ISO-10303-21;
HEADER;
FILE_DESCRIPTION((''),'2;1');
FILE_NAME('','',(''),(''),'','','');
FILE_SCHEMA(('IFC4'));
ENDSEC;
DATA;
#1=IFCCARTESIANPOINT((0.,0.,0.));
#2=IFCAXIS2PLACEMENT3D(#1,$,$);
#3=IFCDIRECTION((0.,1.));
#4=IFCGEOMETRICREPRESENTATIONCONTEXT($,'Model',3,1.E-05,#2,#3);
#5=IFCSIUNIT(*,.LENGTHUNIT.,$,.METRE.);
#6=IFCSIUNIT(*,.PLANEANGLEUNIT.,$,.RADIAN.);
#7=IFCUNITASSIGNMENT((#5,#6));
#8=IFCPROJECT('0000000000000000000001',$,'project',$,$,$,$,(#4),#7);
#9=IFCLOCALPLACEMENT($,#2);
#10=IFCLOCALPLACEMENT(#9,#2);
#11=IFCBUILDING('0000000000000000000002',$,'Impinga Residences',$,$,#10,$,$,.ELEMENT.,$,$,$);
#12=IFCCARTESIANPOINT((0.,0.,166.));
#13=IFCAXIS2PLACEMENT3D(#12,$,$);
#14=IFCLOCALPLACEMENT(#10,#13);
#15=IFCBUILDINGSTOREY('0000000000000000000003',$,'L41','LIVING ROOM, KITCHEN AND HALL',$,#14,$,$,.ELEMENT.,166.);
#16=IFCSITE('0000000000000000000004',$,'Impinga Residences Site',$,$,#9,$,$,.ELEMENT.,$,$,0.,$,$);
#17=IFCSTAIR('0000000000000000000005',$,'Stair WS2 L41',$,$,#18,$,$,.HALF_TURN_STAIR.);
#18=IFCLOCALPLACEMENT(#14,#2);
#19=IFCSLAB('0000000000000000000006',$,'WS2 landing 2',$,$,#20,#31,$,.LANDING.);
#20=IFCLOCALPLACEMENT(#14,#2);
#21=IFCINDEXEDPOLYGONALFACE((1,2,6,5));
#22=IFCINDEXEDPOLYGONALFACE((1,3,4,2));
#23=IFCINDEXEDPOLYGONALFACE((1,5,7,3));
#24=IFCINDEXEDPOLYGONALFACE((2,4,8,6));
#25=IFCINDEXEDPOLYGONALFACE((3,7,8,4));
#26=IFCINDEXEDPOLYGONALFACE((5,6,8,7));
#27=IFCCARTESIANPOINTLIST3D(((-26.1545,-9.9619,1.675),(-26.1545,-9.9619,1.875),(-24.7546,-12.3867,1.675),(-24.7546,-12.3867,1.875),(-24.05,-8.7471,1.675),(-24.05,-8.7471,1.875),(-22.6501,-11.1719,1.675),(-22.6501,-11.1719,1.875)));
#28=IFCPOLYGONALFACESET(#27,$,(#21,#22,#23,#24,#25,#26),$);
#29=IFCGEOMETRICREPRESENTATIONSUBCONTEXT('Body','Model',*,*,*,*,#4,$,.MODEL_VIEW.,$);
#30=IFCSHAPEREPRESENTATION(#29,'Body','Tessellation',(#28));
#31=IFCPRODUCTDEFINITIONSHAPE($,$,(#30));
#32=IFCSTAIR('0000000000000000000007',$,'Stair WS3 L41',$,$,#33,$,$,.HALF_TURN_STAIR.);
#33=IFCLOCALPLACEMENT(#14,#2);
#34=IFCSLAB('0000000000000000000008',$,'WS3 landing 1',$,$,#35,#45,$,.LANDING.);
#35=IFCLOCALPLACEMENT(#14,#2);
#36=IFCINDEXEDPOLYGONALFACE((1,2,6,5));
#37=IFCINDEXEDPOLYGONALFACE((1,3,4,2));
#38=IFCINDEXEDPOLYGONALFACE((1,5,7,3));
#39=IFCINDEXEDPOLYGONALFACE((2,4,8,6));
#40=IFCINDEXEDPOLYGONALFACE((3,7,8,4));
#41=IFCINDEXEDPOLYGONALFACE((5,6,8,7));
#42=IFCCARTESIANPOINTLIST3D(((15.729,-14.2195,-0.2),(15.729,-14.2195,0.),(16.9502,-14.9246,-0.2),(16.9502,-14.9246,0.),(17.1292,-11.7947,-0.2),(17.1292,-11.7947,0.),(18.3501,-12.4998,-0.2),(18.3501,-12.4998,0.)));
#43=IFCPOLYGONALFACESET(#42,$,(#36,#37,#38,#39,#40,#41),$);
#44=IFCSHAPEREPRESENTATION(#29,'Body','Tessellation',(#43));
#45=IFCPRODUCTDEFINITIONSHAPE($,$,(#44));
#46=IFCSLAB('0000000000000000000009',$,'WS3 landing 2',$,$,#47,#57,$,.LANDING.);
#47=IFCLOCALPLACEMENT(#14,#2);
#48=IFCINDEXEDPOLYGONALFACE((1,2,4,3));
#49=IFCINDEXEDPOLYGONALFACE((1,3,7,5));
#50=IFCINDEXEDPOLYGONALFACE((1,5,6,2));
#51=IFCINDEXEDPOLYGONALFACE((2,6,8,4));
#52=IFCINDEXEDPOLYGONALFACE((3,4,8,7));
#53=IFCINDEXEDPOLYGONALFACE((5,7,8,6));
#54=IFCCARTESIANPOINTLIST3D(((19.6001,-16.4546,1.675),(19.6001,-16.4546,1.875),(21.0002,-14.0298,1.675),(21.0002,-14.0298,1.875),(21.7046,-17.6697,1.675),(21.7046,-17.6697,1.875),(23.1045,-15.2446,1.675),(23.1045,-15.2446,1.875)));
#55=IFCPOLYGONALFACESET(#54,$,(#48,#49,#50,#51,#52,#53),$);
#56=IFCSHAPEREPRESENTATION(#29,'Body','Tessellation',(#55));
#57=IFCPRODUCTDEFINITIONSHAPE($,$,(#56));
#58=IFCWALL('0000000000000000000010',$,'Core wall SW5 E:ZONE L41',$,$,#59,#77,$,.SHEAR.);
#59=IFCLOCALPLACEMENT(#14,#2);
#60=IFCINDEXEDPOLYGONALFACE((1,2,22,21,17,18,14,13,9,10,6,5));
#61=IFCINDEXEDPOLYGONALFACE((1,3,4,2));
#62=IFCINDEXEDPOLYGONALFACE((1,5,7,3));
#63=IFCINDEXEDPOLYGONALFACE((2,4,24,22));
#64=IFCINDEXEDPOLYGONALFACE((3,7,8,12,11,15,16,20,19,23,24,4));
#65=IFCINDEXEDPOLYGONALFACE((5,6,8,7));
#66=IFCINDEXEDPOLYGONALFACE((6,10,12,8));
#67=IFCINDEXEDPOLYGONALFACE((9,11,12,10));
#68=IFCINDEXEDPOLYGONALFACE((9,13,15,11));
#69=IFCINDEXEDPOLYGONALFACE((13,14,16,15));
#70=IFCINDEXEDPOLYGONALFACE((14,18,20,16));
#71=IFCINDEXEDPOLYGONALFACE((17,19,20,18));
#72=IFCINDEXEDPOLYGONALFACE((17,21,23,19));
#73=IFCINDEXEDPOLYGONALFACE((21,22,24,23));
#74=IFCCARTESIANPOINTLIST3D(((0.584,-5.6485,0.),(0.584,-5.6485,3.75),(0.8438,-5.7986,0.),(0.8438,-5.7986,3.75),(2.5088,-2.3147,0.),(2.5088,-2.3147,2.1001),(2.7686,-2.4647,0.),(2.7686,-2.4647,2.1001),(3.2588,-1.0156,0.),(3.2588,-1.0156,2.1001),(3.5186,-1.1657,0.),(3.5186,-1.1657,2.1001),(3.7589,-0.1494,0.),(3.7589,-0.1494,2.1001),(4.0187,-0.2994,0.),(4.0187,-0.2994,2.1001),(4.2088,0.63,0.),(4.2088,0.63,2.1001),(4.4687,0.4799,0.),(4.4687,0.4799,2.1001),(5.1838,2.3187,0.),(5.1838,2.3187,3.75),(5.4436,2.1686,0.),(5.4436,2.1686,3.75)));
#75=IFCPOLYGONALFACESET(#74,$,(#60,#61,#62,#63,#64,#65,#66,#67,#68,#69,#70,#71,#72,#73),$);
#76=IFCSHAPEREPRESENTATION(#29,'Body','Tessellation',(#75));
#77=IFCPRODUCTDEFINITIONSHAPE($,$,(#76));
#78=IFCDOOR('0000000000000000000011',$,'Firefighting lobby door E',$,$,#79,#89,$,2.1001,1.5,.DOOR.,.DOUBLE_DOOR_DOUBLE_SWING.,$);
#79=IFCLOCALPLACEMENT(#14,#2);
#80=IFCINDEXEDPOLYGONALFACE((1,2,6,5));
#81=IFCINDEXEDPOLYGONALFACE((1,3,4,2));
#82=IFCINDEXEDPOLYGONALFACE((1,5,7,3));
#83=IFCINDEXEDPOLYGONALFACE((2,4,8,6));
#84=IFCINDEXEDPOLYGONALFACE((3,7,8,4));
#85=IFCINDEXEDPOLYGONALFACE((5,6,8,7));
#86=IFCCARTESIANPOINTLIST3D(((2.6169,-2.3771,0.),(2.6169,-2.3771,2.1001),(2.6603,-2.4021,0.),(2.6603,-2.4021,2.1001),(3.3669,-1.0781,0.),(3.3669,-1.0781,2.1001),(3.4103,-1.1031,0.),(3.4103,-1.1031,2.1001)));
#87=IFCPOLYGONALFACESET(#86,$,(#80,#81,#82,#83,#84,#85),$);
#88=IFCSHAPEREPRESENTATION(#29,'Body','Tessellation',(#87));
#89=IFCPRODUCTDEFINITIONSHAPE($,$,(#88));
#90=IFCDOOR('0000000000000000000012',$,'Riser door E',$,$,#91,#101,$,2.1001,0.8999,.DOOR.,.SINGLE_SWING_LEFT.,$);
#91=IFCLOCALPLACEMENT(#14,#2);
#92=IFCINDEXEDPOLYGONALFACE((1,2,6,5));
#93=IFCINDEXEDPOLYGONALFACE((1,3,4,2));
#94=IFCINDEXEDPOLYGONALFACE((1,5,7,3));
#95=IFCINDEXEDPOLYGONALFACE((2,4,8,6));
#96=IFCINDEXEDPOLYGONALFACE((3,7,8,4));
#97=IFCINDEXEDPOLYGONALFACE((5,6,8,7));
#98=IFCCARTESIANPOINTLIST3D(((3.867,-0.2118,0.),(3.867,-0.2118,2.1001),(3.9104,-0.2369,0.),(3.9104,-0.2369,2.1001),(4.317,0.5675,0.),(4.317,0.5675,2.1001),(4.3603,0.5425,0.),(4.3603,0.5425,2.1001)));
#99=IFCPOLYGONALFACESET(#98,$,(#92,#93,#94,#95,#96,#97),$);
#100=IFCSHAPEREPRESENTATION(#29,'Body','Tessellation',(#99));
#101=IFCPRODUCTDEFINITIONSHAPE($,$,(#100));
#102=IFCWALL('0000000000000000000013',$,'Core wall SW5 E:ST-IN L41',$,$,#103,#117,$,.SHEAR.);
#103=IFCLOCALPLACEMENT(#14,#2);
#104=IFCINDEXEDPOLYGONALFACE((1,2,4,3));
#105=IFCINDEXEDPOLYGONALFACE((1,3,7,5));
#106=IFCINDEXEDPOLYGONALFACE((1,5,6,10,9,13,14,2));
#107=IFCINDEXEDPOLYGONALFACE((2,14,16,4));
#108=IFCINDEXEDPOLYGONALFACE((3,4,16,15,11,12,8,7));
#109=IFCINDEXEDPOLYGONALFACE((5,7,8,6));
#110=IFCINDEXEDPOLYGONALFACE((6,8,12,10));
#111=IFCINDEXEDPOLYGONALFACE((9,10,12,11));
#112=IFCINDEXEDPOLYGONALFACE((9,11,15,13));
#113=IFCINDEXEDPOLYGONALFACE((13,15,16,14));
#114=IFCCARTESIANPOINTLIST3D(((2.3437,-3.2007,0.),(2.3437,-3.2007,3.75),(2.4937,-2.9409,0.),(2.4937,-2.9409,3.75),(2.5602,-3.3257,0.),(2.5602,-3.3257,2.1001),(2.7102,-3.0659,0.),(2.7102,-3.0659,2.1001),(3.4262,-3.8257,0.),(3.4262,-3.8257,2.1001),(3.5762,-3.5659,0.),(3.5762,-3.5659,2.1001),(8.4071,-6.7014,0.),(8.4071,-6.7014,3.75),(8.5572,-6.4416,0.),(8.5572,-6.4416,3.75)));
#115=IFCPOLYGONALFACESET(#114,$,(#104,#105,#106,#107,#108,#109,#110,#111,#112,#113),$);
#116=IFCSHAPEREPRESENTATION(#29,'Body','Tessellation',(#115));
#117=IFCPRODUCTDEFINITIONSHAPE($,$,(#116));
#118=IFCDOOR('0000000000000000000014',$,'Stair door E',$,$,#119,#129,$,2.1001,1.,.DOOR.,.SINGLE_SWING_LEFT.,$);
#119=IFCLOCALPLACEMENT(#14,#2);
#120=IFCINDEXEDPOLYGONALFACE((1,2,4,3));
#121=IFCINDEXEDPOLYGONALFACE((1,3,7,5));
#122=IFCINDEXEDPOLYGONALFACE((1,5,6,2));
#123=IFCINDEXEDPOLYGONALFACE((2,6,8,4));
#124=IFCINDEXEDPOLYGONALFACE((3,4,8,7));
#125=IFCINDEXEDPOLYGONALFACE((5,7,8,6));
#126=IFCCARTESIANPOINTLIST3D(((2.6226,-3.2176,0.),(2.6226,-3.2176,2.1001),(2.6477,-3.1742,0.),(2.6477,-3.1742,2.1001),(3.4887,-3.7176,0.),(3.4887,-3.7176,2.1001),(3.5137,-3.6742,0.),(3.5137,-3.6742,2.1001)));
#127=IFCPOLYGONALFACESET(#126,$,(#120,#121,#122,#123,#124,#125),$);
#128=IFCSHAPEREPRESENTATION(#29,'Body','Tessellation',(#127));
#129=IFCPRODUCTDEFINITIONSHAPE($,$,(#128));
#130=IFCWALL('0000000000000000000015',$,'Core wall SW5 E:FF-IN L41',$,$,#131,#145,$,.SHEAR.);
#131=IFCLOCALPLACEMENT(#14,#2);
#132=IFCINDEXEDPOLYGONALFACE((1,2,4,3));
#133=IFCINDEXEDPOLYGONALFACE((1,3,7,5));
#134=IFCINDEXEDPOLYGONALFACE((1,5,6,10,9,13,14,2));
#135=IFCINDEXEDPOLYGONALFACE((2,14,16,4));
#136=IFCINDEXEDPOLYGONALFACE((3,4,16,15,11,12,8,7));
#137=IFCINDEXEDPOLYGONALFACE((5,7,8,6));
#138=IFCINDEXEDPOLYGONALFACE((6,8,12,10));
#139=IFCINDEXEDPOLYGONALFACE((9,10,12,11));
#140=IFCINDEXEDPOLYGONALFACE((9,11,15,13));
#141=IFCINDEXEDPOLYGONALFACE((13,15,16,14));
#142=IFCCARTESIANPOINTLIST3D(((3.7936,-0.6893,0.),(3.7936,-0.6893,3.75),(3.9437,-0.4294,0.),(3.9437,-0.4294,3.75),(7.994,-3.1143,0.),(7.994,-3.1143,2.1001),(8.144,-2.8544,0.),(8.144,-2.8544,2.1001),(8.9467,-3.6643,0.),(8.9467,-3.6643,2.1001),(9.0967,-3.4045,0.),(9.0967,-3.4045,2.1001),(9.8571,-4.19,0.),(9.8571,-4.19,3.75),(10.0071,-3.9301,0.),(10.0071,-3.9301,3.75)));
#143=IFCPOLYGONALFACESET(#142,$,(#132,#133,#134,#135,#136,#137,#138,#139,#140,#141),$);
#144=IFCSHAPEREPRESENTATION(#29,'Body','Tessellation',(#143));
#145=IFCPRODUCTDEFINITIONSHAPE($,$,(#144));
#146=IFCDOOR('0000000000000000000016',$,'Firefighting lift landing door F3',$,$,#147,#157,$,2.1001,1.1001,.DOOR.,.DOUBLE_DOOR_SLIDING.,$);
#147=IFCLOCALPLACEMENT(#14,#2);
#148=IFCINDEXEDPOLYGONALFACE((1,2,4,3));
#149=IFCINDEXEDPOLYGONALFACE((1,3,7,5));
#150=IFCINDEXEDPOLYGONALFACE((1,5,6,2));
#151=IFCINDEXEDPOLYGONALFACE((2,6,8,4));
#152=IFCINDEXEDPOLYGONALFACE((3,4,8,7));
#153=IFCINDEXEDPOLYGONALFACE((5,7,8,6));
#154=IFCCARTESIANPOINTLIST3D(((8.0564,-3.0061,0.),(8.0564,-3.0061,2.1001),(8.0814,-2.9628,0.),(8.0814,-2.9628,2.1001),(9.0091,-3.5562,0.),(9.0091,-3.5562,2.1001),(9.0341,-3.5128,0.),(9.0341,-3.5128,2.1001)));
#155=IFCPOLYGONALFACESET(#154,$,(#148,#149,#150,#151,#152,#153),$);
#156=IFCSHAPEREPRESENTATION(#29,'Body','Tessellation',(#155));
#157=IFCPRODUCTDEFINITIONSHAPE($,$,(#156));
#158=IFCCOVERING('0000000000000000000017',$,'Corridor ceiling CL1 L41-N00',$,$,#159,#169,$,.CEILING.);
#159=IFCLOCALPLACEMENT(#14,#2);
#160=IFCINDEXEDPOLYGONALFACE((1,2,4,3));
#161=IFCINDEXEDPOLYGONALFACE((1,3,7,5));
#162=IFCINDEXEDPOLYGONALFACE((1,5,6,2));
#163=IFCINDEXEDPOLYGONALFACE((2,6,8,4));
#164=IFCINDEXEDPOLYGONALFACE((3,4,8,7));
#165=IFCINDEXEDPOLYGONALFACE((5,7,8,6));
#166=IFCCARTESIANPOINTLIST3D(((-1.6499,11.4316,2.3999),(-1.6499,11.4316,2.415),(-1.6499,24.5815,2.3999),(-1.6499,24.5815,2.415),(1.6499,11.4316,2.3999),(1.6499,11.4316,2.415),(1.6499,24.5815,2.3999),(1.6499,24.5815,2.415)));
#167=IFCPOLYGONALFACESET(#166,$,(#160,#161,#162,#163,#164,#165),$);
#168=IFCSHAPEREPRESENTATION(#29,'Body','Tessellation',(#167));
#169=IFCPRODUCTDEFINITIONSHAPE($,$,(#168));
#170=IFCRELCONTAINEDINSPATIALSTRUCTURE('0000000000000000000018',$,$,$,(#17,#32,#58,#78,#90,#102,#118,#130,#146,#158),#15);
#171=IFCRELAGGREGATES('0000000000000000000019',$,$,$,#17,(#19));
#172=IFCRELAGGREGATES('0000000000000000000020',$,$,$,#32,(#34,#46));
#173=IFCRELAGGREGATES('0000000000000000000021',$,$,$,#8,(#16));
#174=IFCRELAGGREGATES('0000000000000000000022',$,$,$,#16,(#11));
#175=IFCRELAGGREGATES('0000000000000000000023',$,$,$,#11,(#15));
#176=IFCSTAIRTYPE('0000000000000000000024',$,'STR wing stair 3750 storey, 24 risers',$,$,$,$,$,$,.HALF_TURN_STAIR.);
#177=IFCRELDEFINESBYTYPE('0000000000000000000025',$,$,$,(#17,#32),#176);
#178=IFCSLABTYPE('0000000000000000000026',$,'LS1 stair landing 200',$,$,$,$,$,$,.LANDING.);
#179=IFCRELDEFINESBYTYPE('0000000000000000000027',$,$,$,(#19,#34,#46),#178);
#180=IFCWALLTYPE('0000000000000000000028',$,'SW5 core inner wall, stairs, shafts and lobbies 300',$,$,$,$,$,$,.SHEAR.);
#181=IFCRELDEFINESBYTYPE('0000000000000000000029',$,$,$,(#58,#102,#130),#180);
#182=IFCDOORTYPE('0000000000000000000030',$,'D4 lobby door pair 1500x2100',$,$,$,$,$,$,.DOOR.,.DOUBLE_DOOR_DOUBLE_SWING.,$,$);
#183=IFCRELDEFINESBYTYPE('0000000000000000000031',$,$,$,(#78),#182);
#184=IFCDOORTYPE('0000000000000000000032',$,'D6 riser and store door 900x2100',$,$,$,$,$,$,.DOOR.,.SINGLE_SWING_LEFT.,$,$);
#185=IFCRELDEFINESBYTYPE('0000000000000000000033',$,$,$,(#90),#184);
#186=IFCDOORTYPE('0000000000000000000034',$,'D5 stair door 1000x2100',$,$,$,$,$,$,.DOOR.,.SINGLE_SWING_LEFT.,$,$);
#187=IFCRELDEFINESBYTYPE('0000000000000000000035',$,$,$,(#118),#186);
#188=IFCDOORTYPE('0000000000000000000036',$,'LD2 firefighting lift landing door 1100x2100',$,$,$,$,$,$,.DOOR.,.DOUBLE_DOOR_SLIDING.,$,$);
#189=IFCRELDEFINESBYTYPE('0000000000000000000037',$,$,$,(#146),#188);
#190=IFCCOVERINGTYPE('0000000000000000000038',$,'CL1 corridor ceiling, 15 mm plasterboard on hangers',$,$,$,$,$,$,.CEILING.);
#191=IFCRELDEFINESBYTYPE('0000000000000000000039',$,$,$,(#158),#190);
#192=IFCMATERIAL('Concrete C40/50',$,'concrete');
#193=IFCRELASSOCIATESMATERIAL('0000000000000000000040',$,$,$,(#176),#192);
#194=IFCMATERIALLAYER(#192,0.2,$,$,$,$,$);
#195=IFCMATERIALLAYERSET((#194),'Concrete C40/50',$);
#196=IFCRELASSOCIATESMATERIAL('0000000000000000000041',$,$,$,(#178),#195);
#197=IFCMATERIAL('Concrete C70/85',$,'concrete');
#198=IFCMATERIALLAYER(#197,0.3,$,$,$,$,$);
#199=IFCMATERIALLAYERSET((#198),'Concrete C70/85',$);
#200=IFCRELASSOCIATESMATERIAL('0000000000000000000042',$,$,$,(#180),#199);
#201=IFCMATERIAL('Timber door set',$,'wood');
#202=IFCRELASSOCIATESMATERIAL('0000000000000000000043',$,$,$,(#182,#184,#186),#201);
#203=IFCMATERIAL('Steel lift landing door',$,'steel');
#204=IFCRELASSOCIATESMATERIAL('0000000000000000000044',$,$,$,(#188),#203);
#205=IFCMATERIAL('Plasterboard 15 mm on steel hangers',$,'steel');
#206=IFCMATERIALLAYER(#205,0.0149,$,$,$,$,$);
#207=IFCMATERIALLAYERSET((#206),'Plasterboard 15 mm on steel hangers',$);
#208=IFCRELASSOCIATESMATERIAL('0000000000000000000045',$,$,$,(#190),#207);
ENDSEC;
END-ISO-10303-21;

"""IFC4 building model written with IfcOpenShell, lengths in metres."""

from ifc_helpers import new_model, si_unit, direction, frame, frame_2d, origin, place, context, subcontext, project, spatial, polyline, rectangle, outline, extrude, material, layer, layer_set, type_object, element, fill, aggregate, save


model = new_model("IFC4")

# Units and contexts
model_context = context("Model", 3, precision=1e-05, world=origin(), true_north=direction((0.0, 1.0)))
body_context = subcontext(model_context, "Body", "Model", "MODEL_VIEW")
ifc_project = project(units=[si_unit("LENGTHUNIT", "METRE"), si_unit("PLANEANGLEUNIT", "RADIAN")], contexts=[model_context])

# Site, building, storey
site_placement = place(None, origin())
site = spatial("IfcSite", under=ifc_project, at=site_placement, Name="Impinga Residences Site", CompositionType="ELEMENT", RefElevation=0.0)
building_placement = place(site_placement, origin())
building = spatial("IfcBuilding", under=site, at=building_placement, Name="Impinga Residences", CompositionType="ELEMENT")
storey_placement = place(building_placement, frame((0.0, 0.0, 166.0)))
storey = spatial("IfcBuildingStorey", under=building, at=storey_placement, Name="L41", Description="LIVING ROOM, KITCHEN AND HALL", CompositionType="ELEMENT", Elevation=166.0)

# Stair, slab
ifc_material_1 = material(Name="Concrete C40/50", Category="concrete")
stair_type = type_object("IfcStairType", Name="STR wing stair 3750 storey, 24 risers", PredefinedType="HALF_TURN_STAIR", material=ifc_material_1)
stair_1_placement = place(storey_placement, origin())
stair_1 = element("IfcStair", 1, at=stair_1_placement, inside=storey, type_object=stair_type, Name="Stair WS2 L41", PredefinedType="HALF_TURN_STAIR")
ifc_layer_1 = layer(ifc_material_1, 0.2)
ifc_layer_set_1 = layer_set([ifc_layer_1], Name="Concrete C40/50")
slab_type = type_object("IfcSlabType", Name="LS1 stair landing 200", PredefinedType="LANDING", material=ifc_layer_set_1)
slab_1_placement = place(storey_placement, frame((0.0, 0.0, 1.675)))
slab_1 = element("IfcSlab", 2, at=slab_1_placement, type_object=slab_type, Name="WS2 landing 2", PredefinedType="LANDING", context=body_context, shape_type="SweptSolid", body=[
    extrude(outline(polyline([(-22.6501, -11.1719), (-24.05, -8.7471), (-26.1545, -9.9619), (-24.7546, -12.3867), (-22.6501, -11.1719)])), origin(), (0.0, 0.0, 1.0), 0.2),
])
aggregate(stair_1, [slab_1])

# Stair, slabs
stair_2_placement = place(storey_placement, origin())
stair_2 = element("IfcStair", 3, at=stair_2_placement, inside=storey, type_object=stair_type, Name="Stair WS3 L41", PredefinedType="HALF_TURN_STAIR")
slab_2_placement = place(storey_placement, frame((0.0, 0.0, -0.2)))
slab_2 = element("IfcSlab", 4, at=slab_2_placement, type_object=slab_type, Name="WS3 landing 1", PredefinedType="LANDING", context=body_context, shape_type="SweptSolid", body=[
    extrude(outline(polyline([(17.1292, -11.7947), (15.729, -14.2195), (16.9502, -14.9246), (18.3501, -12.4998), (17.1292, -11.7947)])), origin(), (0.0, 0.0, 1.0), 0.2),
])
slab_3_placement = place(storey_placement, frame((0.0, 0.0, 1.675)))
slab_3 = element("IfcSlab", 5, at=slab_3_placement, type_object=slab_type, Name="WS3 landing 2", PredefinedType="LANDING", context=body_context, shape_type="SweptSolid", body=[
    extrude(outline(polyline([(21.0002, -14.0298), (19.6001, -16.4546), (21.7046, -17.6697), (23.1045, -15.2446), (21.0002, -14.0298)])), origin(), (0.0, 0.0, 1.0), 0.2),
])
aggregate(stair_2, [slab_2, slab_3])

# Wall, openings, doors
ifc_material_2 = material(Name="Concrete C70/85", Category="concrete")
ifc_layer_2 = layer(ifc_material_2, 0.3)
ifc_layer_set_2 = layer_set([ifc_layer_2], Name="Concrete C70/85")
wall_type = type_object("IfcWallType", Name="SW5 core inner wall, stairs, shafts and lobbies 300", PredefinedType="SHEAR", material=ifc_layer_set_2)
wall_1_placement = place(storey_placement, frame((5.3137, 2.2437, 0.0), z_axis=(0.0, 0.0, 1.0), x_axis=(-0.499995, -0.866028, 0.0)))
wall_1 = element("IfcWall", 6, at=wall_1_placement, inside=storey, type_object=wall_type, Name="Core wall SW5 E:ZONE L41", PredefinedType="SHEAR", context=body_context, shape_type="SweptSolid", body=[
    extrude(rectangle(XDim=9.1997, YDim=0.3, at=frame_2d((4.5999, 0.0))), origin(), (0.0, 0.0, 1.0), 3.75),
])
opening_1_placement = place(wall_1_placement, frame((3.8501, 0.0, 0.0)))
opening_1 = element("IfcOpeningElement", 7, at=opening_1_placement, cuts=wall_1, PredefinedType="OPENING", context=body_context, shape_type="SweptSolid", body=[
    extrude(rectangle(XDim=1.5, YDim=2.1001, at=frame_2d((0.75, 1.05))), frame((0.0, 0.1599, 0.0), z_axis=(0.0, -1.0, 0.0), x_axis=(1.0, 0.0, 0.0)), (0.0, 0.0, 1.0), 0.3201),
])
opening_2_placement = place(wall_1_placement, frame((1.95, 0.0, 0.0)))
opening_2 = element("IfcOpeningElement", 8, at=opening_2_placement, cuts=wall_1, PredefinedType="OPENING", context=body_context, shape_type="SweptSolid", body=[
    extrude(rectangle(XDim=0.8999, YDim=2.1001, at=frame_2d((0.45, 1.05))), frame((0.0, 0.1599, 0.0), z_axis=(0.0, -1.0, 0.0), x_axis=(1.0, 0.0, 0.0)), (0.0, 0.0, 1.0), 0.3201),
])
ifc_material_3 = material(Name="Timber door set", Category="wood")
door_type_1 = type_object("IfcDoorType", Name="D4 lobby door pair 1500x2100", OperationType="DOUBLE_DOOR_DOUBLE_SWING", PredefinedType="DOOR", material=ifc_material_3)
door_1_placement = place(opening_1_placement, origin())
door_1 = element("IfcDoor", 9, at=door_1_placement, inside=storey, type_object=door_type_1, Name="Firefighting lobby door E", OperationType="DOUBLE_DOOR_DOUBLE_SWING", OverallHeight=2.1001, OverallWidth=1.5, PredefinedType="DOOR", context=body_context, shape_type="SweptSolid", body=[
    extrude(rectangle(XDim=1.5, YDim=2.1001, at=frame_2d((0.75, 1.05))), frame((0.0, 0.0249, 0.0), z_axis=(0.0, -1.0, 0.0), x_axis=(1.0, 0.0, 0.0)), (0.0, 0.0, 1.0), 0.05),
])
fill(opening_1, door_1)
door_type_2 = type_object("IfcDoorType", Name="D6 riser and store door 900x2100", OperationType="SINGLE_SWING_LEFT", PredefinedType="DOOR", material=ifc_material_3)
door_2_placement = place(opening_2_placement, origin())
door_2 = element("IfcDoor", 10, at=door_2_placement, inside=storey, type_object=door_type_2, Name="Riser door E", OperationType="SINGLE_SWING_LEFT", OverallHeight=2.1001, OverallWidth=0.8999, PredefinedType="DOOR", context=body_context, shape_type="SweptSolid", body=[
    extrude(rectangle(XDim=0.8999, YDim=2.1001, at=frame_2d((0.45, 1.05))), frame((0.0, 0.0249, 0.0), z_axis=(0.0, -1.0, 0.0), x_axis=(1.0, 0.0, 0.0)), (0.0, 0.0, 1.0), 0.05),
])
fill(opening_2, door_2)

# Walls, openings, doors
wall_2_placement = place(storey_placement, frame((2.4187, -3.0708, 0.0), z_axis=(0.0, 0.0, 1.0), x_axis=(0.866026, -0.499998, 0.0)))
wall_2 = element("IfcWall", 11, at=wall_2_placement, inside=storey, type_object=wall_type, Name="Core wall SW5 E:ST-IN L41", PredefinedType="SHEAR", context=body_context, shape_type="SweptSolid", body=[
    extrude(rectangle(XDim=7.0015, YDim=0.3, at=frame_2d((3.5007, 0.0))), origin(), (0.0, 0.0, 1.0), 3.75),
])
opening_3_placement = place(wall_2_placement, frame((0.25, 0.0, 0.0)))
opening_3 = element("IfcOpeningElement", 12, at=opening_3_placement, cuts=wall_2, PredefinedType="OPENING", context=body_context, shape_type="SweptSolid", body=[
    extrude(rectangle(XDim=1.0, YDim=2.1001, at=frame_2d((0.5, 1.05))), frame((0.0, 0.1599, 0.0), z_axis=(0.0, -1.0, 0.0), x_axis=(1.0, 0.0, 0.0)), (0.0, 0.0, 1.0), 0.3201),
])
door_type_3 = type_object("IfcDoorType", Name="D5 stair door 1000x2100", OperationType="SINGLE_SWING_LEFT", PredefinedType="DOOR", material=ifc_material_3)
door_3_placement = place(opening_3_placement, origin())
door_3 = element("IfcDoor", 13, at=door_3_placement, inside=storey, type_object=door_type_3, Name="Stair door E", OperationType="SINGLE_SWING_LEFT", OverallHeight=2.1001, OverallWidth=1.0, PredefinedType="DOOR", context=body_context, shape_type="SweptSolid", body=[
    extrude(rectangle(XDim=1.0, YDim=2.1001, at=frame_2d((0.5, 1.05))), frame((0.0, 0.0249, 0.0), z_axis=(0.0, -1.0, 0.0), x_axis=(1.0, 0.0, 0.0)), (0.0, 0.0, 1.0), 0.05),
])
fill(opening_3, door_3)
wall_3_placement = place(storey_placement, frame((3.8687, -0.5593, 0.0), z_axis=(0.0, 0.0, 1.0), x_axis=(0.866026, -0.499998, 0.0)))
wall_3 = element("IfcWall", 14, at=wall_3_placement, inside=storey, type_object=wall_type, Name="Core wall SW5 E:FF-IN L41", PredefinedType="SHEAR", context=body_context, shape_type="SweptSolid", body=[
    extrude(rectangle(XDim=7.0015, YDim=0.3, at=frame_2d((3.5007, 0.0))), origin(), (0.0, 0.0, 1.0), 3.75),
])
opening_4_placement = place(wall_3_placement, frame((4.8501, 0.0, 0.0)))
opening_4 = element("IfcOpeningElement", 15, at=opening_4_placement, cuts=wall_3, PredefinedType="OPENING", context=body_context, shape_type="SweptSolid", body=[
    extrude(rectangle(XDim=1.1001, YDim=2.1001, at=frame_2d((0.55, 1.05))), frame((0.0, 0.1599, 0.0), z_axis=(0.0, -1.0, 0.0), x_axis=(1.0, 0.0, 0.0)), (0.0, 0.0, 1.0), 0.3201),
])
ifc_material_4 = material(Name="Steel lift landing door", Category="steel")
door_type_4 = type_object("IfcDoorType", Name="LD2 firefighting lift landing door 1100x2100", OperationType="DOUBLE_DOOR_SLIDING", PredefinedType="DOOR", material=ifc_material_4)
door_4_placement = place(opening_4_placement, origin())
door_4 = element("IfcDoor", 16, at=door_4_placement, inside=storey, type_object=door_type_4, Name="Firefighting lift landing door F3", OperationType="DOUBLE_DOOR_SLIDING", OverallHeight=2.1001, OverallWidth=1.1001, PredefinedType="DOOR", context=body_context, shape_type="SweptSolid", body=[
    extrude(rectangle(XDim=1.1001, YDim=2.1001, at=frame_2d((0.55, 1.05))), frame((0.0, 0.0249, 0.0), z_axis=(0.0, -1.0, 0.0), x_axis=(1.0, 0.0, 0.0)), (0.0, 0.0, 1.0), 0.05),
])
fill(opening_4, door_4)

# Covering
ifc_material_5 = material(Name="Plasterboard 15 mm on steel hangers", Category="steel")
ifc_layer_3 = layer(ifc_material_5, 0.0149)
ifc_layer_set_3 = layer_set([ifc_layer_3], Name="Plasterboard 15 mm on steel hangers")
covering_type_1 = type_object("IfcCoveringType", Name="CL1 corridor ceiling, 15 mm plasterboard on hangers", PredefinedType="CEILING", material=ifc_layer_set_3)
covering_1_placement = place(storey_placement, frame((0.0, 0.0, 2.3999)))
element("IfcCovering", 17, at=covering_1_placement, inside=storey, type_object=covering_type_1, Name="Corridor ceiling CL1 L41-N00", PredefinedType="CEILING", context=body_context, shape_type="SweptSolid", body=[
    extrude(outline(polyline([(-1.6499, 11.4316), (1.6499, 11.4316), (1.6499, 24.5815), (-1.6499, 24.5815), (-1.6499, 11.4316)])), origin(), (0.0, 0.0, 1.0), 0.0151),
])

save(model, "model.ifc")
